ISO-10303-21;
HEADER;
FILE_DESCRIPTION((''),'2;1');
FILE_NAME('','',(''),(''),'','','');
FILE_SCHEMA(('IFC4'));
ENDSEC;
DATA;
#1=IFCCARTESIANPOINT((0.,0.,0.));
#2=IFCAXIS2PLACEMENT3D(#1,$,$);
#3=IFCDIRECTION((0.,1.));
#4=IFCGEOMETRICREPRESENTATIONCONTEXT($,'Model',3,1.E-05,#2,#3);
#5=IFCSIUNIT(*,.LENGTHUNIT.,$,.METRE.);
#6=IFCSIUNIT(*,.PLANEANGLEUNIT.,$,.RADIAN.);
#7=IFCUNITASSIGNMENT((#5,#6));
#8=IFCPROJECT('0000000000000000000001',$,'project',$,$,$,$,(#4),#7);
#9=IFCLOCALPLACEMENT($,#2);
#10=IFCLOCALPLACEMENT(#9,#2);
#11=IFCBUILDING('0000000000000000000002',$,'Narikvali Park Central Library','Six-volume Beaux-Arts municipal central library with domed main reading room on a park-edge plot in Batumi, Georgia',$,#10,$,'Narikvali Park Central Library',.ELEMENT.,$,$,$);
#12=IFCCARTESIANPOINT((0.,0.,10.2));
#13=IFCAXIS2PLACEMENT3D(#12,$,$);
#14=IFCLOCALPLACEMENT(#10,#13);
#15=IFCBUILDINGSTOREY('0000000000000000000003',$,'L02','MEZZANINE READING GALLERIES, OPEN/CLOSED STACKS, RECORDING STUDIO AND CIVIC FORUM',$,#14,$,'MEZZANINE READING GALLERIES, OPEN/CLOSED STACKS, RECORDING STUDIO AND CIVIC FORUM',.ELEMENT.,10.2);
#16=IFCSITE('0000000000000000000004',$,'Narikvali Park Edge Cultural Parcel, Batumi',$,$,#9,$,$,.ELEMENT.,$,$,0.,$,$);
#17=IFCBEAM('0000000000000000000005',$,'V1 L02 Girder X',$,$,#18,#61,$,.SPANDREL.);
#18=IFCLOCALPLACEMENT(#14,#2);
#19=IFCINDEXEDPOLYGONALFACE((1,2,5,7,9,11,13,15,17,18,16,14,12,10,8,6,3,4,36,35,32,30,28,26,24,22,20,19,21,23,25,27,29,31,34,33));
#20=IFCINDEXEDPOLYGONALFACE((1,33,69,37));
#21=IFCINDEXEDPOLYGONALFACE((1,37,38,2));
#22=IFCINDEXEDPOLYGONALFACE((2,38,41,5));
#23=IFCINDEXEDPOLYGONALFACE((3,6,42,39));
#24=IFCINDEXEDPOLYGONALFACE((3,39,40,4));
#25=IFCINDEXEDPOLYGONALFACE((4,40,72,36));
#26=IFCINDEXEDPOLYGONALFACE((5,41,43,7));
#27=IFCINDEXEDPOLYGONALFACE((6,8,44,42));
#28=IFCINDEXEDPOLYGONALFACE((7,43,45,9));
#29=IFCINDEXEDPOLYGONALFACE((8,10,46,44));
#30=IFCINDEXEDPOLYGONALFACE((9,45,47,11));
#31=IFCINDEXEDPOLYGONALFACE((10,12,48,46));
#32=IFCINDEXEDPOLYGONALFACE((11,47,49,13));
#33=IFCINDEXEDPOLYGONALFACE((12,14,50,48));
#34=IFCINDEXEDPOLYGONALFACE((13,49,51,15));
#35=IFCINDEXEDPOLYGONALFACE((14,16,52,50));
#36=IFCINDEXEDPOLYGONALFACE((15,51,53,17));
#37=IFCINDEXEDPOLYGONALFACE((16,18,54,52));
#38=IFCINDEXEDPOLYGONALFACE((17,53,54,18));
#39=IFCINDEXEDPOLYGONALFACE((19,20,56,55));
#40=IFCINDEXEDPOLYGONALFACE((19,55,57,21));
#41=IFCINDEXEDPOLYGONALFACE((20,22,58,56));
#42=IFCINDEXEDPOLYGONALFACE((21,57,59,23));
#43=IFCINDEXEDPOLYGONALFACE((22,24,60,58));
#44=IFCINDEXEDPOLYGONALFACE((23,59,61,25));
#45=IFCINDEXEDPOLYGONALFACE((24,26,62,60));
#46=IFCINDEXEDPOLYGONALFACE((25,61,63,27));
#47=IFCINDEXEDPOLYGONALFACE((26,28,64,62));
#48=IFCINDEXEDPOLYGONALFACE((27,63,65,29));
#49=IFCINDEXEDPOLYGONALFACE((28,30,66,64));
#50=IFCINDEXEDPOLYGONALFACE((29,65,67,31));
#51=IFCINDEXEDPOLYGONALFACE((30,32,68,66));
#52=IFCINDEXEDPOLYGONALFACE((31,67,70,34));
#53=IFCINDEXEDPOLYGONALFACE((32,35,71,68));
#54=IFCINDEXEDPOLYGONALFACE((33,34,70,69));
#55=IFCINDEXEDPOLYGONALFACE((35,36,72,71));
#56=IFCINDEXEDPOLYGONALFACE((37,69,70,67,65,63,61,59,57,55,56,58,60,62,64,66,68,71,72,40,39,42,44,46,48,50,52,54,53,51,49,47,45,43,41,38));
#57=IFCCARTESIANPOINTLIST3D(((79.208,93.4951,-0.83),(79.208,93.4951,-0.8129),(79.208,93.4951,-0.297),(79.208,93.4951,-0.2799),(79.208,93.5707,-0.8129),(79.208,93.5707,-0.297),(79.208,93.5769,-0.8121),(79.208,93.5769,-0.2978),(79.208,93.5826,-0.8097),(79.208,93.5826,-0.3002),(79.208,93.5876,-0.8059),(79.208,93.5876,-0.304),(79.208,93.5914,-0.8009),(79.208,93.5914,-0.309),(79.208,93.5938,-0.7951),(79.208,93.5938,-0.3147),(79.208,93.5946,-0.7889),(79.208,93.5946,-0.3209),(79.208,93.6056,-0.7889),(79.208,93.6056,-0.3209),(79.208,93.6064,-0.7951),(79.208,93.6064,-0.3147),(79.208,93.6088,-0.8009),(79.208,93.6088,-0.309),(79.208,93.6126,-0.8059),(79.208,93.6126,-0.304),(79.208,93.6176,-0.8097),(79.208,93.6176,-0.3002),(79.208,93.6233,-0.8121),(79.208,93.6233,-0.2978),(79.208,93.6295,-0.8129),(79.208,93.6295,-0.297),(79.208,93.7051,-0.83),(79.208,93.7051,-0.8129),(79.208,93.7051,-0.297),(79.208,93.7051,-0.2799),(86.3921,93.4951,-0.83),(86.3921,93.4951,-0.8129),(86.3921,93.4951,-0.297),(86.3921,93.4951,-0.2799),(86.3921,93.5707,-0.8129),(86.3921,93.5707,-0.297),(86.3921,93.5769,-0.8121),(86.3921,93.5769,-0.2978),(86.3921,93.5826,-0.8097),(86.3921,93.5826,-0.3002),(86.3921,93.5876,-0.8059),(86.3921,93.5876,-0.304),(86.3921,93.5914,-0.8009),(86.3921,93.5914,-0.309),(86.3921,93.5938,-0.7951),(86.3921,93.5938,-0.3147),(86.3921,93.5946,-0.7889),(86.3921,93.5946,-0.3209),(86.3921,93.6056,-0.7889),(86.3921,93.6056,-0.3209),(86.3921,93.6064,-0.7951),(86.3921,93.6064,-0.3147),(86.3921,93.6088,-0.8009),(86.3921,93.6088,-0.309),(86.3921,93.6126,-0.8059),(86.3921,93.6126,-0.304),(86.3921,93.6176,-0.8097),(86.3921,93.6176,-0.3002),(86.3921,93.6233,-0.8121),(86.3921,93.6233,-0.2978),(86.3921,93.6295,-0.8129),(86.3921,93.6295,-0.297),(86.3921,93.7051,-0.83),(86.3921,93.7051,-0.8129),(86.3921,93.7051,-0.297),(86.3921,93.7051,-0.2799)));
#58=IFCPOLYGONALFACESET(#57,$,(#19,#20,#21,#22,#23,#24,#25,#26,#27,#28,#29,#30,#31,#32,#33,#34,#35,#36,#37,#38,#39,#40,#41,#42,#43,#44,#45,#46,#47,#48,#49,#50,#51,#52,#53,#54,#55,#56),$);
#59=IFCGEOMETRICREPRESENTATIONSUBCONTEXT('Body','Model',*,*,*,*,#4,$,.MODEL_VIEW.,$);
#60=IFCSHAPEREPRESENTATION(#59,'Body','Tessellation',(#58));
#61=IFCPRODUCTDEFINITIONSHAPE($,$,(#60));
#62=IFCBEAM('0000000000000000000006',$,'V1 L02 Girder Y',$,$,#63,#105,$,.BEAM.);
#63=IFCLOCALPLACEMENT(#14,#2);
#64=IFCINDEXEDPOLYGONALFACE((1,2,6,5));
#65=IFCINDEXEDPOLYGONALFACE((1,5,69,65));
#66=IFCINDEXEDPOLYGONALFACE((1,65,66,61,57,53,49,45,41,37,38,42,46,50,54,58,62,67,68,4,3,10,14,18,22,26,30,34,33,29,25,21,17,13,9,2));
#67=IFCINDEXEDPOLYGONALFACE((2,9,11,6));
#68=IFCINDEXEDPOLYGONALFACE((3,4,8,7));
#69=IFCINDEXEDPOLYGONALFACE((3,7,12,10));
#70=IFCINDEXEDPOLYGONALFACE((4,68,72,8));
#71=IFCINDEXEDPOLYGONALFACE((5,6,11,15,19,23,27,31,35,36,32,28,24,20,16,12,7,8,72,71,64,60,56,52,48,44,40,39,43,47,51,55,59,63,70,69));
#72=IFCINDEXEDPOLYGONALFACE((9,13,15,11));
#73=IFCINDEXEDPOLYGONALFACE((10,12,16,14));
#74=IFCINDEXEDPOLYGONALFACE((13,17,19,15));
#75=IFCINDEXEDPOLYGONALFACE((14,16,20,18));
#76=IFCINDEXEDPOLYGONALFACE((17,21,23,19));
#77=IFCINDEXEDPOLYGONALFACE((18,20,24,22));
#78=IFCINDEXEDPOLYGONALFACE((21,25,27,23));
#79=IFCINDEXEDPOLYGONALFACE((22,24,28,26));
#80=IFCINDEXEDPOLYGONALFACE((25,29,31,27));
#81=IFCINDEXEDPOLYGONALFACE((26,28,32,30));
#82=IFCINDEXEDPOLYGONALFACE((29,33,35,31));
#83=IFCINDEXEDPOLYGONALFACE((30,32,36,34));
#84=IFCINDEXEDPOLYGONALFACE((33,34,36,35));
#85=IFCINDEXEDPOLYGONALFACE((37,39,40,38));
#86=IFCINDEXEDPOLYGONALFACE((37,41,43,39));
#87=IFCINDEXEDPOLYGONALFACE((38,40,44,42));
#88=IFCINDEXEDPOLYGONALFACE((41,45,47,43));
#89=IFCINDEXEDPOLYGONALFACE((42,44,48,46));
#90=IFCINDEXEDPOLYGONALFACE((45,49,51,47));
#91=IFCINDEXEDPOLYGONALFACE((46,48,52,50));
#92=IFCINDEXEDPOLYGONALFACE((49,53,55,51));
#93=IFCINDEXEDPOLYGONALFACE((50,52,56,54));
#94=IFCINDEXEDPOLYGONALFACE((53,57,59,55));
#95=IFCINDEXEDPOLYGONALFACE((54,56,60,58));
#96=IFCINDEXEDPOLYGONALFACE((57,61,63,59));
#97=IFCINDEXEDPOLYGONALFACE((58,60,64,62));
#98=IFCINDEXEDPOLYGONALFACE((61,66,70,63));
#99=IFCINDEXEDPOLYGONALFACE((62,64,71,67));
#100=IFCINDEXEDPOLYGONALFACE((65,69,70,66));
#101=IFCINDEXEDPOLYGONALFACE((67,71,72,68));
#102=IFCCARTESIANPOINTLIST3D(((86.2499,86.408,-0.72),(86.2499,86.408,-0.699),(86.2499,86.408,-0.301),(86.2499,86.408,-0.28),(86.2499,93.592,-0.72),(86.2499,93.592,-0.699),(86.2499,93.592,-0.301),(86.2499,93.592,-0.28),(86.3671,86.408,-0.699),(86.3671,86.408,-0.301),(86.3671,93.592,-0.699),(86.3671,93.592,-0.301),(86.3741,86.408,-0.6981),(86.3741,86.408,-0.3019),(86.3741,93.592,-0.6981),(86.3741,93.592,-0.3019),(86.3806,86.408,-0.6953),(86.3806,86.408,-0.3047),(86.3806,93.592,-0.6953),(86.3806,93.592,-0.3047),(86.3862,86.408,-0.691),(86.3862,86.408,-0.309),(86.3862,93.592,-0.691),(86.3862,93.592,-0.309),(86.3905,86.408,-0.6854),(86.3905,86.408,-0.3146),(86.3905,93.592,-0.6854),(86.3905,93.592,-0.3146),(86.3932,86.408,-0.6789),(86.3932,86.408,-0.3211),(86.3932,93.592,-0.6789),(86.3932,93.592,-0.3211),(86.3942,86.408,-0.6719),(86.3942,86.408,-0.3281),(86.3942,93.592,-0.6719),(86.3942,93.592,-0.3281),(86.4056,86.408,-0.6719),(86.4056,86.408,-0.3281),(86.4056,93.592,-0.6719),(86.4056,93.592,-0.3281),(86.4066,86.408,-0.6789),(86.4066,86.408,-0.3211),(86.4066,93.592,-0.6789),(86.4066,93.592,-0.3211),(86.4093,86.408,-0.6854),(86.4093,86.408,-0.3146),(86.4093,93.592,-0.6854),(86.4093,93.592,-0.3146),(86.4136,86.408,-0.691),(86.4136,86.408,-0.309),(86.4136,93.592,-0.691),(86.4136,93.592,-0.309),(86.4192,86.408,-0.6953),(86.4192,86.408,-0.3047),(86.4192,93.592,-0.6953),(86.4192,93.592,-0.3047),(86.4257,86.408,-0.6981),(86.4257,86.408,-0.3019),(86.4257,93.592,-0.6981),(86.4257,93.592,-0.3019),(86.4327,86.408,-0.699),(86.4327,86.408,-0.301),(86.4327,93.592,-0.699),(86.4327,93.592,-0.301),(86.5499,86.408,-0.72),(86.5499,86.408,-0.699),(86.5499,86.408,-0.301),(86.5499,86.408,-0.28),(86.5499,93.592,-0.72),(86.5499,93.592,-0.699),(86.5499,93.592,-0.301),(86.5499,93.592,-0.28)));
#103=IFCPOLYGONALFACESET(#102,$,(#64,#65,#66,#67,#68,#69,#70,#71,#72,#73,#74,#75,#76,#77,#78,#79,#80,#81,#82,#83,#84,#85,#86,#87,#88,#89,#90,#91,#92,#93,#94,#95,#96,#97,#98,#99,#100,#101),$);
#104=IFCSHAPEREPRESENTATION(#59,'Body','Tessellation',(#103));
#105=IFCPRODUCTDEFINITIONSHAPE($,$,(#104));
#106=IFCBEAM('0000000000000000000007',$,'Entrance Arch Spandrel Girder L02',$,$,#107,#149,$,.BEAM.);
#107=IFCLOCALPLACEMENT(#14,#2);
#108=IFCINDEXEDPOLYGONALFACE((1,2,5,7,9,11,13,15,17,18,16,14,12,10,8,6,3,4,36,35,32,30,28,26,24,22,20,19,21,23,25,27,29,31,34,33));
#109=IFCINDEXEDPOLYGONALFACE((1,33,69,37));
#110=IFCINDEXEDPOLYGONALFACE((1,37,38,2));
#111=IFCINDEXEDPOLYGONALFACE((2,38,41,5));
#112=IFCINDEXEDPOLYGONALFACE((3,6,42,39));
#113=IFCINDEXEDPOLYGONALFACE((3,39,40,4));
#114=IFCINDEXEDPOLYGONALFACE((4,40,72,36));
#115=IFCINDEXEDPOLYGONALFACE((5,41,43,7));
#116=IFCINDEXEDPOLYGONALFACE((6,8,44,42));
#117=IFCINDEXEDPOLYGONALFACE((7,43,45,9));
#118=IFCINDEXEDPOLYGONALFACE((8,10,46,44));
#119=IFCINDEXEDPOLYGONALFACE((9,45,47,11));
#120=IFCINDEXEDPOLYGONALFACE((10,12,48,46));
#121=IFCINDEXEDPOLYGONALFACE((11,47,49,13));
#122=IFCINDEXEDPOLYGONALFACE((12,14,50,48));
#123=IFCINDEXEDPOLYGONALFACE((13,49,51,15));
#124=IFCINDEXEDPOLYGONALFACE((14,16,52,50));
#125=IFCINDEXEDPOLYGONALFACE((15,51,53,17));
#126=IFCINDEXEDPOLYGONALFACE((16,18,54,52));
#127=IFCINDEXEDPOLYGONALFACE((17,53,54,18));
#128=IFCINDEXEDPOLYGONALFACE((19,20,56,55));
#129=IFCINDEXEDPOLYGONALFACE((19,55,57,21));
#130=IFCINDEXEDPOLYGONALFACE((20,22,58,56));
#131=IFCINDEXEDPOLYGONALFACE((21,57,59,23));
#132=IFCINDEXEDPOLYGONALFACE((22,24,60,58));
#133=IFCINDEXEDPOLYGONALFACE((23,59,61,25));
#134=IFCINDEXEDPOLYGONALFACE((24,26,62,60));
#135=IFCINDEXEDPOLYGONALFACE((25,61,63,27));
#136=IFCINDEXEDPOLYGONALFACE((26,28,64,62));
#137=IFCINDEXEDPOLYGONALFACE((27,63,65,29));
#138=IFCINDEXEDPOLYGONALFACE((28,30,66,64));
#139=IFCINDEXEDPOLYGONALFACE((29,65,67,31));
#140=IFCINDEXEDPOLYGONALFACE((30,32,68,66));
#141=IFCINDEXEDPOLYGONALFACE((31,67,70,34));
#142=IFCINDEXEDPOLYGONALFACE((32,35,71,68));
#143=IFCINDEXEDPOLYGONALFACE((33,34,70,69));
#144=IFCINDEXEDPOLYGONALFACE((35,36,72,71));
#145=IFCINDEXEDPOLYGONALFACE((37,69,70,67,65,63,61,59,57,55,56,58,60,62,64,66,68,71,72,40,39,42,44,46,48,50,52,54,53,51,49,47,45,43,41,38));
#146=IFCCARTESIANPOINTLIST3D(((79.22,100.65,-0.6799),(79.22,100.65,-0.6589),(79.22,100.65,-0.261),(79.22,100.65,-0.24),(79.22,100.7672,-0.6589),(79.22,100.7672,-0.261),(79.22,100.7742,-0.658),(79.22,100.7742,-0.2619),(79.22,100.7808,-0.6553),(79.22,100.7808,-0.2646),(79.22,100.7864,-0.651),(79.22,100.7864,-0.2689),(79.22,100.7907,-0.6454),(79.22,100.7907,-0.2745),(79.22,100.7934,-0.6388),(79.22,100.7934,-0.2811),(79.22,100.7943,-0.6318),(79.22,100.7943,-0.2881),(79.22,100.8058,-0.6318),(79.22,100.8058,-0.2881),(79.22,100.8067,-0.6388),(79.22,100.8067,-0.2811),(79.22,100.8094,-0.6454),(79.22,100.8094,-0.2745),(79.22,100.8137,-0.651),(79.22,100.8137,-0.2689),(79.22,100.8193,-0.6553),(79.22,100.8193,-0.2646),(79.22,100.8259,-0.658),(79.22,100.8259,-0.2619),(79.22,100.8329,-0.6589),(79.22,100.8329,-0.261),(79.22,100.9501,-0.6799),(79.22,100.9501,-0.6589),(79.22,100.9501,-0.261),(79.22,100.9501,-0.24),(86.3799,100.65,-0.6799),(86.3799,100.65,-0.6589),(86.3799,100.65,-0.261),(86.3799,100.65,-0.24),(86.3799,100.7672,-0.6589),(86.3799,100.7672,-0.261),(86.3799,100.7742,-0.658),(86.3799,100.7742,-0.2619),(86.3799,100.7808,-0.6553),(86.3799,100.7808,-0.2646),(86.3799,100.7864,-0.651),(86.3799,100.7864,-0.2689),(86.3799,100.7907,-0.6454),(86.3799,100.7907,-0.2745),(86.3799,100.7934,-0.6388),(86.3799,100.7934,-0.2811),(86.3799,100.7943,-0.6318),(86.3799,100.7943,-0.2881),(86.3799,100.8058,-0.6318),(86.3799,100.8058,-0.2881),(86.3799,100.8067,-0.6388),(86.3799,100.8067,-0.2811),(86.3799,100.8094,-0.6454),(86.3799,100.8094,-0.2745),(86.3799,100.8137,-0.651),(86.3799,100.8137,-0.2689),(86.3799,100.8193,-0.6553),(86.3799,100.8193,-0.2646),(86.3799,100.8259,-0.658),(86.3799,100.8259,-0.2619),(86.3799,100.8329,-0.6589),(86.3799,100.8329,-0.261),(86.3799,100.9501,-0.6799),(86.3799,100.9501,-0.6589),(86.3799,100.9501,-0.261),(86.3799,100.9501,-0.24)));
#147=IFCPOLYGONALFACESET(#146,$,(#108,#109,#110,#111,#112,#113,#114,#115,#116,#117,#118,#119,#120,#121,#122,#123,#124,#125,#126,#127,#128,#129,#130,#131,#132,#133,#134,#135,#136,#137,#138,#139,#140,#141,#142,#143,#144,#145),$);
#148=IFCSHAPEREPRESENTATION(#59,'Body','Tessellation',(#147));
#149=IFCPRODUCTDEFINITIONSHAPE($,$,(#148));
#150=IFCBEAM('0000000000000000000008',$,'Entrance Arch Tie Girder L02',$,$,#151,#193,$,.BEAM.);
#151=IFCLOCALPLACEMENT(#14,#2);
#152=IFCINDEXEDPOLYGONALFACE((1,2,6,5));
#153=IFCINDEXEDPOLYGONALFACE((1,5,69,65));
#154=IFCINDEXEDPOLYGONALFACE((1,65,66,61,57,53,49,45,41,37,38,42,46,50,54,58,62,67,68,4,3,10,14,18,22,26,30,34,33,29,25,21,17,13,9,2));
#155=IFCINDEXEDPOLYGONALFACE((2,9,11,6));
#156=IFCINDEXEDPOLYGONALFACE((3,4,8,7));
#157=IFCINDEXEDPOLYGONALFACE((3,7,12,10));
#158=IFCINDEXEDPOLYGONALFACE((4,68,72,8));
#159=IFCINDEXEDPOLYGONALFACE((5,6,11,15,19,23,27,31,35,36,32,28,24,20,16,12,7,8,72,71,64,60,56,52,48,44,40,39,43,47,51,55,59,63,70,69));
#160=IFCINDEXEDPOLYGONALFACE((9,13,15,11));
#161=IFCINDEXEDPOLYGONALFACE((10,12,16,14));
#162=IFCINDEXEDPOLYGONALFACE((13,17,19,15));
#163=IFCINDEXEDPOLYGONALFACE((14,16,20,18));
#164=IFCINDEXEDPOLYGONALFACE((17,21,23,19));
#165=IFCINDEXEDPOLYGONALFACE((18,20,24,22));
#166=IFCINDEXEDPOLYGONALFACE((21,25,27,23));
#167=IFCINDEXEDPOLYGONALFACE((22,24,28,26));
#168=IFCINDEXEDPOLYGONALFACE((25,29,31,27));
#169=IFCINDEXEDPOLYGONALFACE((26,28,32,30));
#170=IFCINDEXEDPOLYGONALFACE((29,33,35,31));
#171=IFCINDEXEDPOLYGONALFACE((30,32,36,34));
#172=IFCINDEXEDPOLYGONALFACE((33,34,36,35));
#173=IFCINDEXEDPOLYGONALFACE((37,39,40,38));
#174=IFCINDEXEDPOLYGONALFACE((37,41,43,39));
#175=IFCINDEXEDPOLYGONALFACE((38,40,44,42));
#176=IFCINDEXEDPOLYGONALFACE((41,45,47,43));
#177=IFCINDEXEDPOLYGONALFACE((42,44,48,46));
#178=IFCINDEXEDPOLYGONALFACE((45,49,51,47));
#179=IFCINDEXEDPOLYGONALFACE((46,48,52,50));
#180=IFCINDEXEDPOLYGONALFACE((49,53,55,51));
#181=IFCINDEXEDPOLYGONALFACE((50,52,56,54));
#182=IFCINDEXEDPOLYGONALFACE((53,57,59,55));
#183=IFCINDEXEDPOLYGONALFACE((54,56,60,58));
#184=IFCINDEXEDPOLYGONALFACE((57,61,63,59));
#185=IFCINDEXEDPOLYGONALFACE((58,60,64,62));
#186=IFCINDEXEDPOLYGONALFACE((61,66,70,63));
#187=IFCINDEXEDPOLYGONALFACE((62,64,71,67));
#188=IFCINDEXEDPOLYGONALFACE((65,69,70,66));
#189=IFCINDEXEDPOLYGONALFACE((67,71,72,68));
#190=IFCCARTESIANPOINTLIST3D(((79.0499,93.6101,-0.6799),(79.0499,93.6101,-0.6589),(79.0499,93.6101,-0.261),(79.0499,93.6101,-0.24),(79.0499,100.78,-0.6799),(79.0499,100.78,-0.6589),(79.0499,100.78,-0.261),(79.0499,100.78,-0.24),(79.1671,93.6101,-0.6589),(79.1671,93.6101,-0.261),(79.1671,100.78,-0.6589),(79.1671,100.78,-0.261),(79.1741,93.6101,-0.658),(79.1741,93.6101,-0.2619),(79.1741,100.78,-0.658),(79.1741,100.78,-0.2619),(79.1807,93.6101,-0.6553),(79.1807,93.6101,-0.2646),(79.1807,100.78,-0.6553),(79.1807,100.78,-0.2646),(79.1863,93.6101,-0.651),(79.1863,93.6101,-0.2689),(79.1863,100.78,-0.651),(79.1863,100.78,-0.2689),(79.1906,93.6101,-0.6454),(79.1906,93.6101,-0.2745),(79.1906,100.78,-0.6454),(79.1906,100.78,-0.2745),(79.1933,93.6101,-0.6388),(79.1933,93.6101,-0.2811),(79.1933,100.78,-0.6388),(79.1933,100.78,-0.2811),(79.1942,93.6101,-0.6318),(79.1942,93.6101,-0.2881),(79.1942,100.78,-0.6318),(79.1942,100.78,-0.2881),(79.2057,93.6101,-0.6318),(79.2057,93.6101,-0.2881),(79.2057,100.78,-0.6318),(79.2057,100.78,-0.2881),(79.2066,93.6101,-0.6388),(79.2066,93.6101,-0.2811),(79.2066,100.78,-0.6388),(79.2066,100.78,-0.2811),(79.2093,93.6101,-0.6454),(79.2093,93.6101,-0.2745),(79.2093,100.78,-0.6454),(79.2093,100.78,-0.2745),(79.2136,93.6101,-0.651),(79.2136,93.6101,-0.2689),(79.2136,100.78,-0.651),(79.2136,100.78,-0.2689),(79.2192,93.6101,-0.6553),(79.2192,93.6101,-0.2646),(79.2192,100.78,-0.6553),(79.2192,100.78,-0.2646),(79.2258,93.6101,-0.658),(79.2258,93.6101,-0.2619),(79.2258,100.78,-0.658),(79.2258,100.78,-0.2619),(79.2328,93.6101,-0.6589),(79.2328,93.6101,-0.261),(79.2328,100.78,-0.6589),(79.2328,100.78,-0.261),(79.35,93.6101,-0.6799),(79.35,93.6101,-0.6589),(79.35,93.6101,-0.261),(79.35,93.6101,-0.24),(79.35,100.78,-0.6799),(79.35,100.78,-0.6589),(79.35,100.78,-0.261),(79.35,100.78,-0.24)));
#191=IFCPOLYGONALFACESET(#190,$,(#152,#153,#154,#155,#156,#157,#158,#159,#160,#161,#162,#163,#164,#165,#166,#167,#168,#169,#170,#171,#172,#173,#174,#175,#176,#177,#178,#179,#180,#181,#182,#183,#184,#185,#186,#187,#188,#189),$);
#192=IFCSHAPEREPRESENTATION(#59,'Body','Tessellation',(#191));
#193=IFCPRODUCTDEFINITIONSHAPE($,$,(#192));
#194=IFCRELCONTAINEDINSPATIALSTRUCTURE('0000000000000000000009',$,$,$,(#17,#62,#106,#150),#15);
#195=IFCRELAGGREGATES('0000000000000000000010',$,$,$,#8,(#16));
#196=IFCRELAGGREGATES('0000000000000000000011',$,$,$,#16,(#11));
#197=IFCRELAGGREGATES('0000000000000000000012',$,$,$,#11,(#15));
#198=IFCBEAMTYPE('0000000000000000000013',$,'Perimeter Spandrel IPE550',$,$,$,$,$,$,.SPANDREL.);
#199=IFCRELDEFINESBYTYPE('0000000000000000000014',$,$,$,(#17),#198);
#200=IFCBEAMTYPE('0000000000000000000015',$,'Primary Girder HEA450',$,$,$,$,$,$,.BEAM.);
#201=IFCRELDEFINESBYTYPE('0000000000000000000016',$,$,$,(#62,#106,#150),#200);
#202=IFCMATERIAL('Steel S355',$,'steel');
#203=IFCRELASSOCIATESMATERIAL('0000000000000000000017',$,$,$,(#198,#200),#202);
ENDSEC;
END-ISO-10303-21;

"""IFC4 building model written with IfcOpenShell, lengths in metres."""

from ifc_helpers import new_model, si_unit, direction, frame, origin, origin_2d, place, context, subcontext, project, spatial, i_section, extrude, material, material_profile, profile_set, type_object, element, save


model = new_model("IFC4")

# Units and contexts
model_context = context("Model", 3, precision=1e-05, world=origin(), true_north=direction((0.0, 1.0)))
body_context = subcontext(model_context, "Body", "Model", "MODEL_VIEW")
ifc_project = project(units=[si_unit("LENGTHUNIT", "METRE"), si_unit("PLANEANGLEUNIT", "RADIAN")], contexts=[model_context])

# Site, building, storey
site_placement = place(None, origin())
site = spatial("IfcSite", under=ifc_project, at=site_placement, Name="Narikvali Park Edge Cultural Parcel, Batumi", CompositionType="ELEMENT", RefElevation=0.0)
building_placement = place(site_placement, origin())
building = spatial("IfcBuilding", under=site, at=building_placement, Name="Narikvali Park Central Library", Description="Six-volume Beaux-Arts municipal central library with domed main reading room on a park-edge plot in Batumi, Georgia", LongName="Narikvali Park Central Library", CompositionType="ELEMENT")
storey_placement = place(building_placement, frame((0.0, 0.0, 10.2)))
storey = spatial("IfcBuildingStorey", under=building, at=storey_placement, Name="L02", Description="MEZZANINE READING GALLERIES, OPEN/CLOSED STACKS, RECORDING STUDIO AND CIVIC FORUM", LongName="MEZZANINE READING GALLERIES, OPEN/CLOSED STACKS, RECORDING STUDIO AND CIVIC FORUM", CompositionType="ELEMENT", Elevation=10.2)

# Shared definitions
ifc_material_1 = material(Name="Steel S355", Category="steel")

# Beams
ifc_material_profile_1 = material_profile(ifc_material_1, i_section(OverallWidth=0.21, OverallDepth=0.55, WebThickness=0.011, FlangeThickness=0.0171, FilletRadius=0.0239, at=origin_2d()), Name="IPE 550")
ifc_profile_set_1 = profile_set([ifc_material_profile_1], Name="Steel S355")
beam_type_1 = type_object("IfcBeamType", Name="Perimeter Spandrel IPE550", PredefinedType="SPANDREL", material=ifc_profile_set_1)
beam_1_placement = place(storey_placement, frame((79.208, 93.6001, -0.5549), z_axis=(1.0, 0.0, 0.0), x_axis=(0.0, 1.0, 0.0)))
element("IfcBeam", 1, at=beam_1_placement, inside=storey, type_object=beam_type_1, Name="V1 L02 Girder X", PredefinedType="SPANDREL", context=body_context, shape_type="SweptSolid", body=[
    extrude(i_section(OverallWidth=0.21, OverallDepth=0.55, WebThickness=0.011, FlangeThickness=0.0171, FilletRadius=0.0239, at=origin_2d()), origin(), (0.0, 0.0, 1.0), 7.1841),
])
ifc_material_profile_2 = material_profile(ifc_material_1, i_section(OverallWidth=0.3, OverallDepth=0.4399, WebThickness=0.0115, FlangeThickness=0.021, FilletRadius=0.0271, at=origin_2d()), Name="HEA 450")
ifc_profile_set_2 = profile_set([ifc_material_profile_2], Name="Steel S355")
beam_type_2 = type_object("IfcBeamType", Name="Primary Girder HEA450", PredefinedType="BEAM", material=ifc_profile_set_2)
beam_2_placement = place(storey_placement, frame((86.3999, 86.408, -0.5), z_axis=(0.0, 1.0, 0.0), x_axis=(-1.0, 0.0, 0.0)))
element("IfcBeam", 2, at=beam_2_placement, inside=storey, type_object=beam_type_2, Name="V1 L02 Girder Y", PredefinedType="BEAM", context=body_context, shape_type="SweptSolid", body=[
    extrude(i_section(OverallWidth=0.3, OverallDepth=0.4399, WebThickness=0.0115, FlangeThickness=0.021, FilletRadius=0.0271, at=origin_2d()), origin(), (0.0, 0.0, 1.0), 7.1841),
])
beam_3_placement = place(storey_placement, frame((79.22, 100.8, -0.46), z_axis=(1.0, 0.0, 0.0), x_axis=(0.0, 1.0, 0.0)))
element("IfcBeam", 3, at=beam_3_placement, inside=storey, type_object=beam_type_2, Name="Entrance Arch Spandrel Girder L02", PredefinedType="BEAM", context=body_context, shape_type="SweptSolid", body=[
    extrude(i_section(OverallWidth=0.3, OverallDepth=0.4399, WebThickness=0.0115, FlangeThickness=0.021, FilletRadius=0.0271, at=origin_2d()), origin(), (0.0, 0.0, 1.0), 7.1599),
])
for number, where, z_axis, x_axis, name in (
    (4, (79.2, 93.6101, -0.46), (0.0, 1.0, 0.0), (-1.0, 0.0, 0.0), "Entrance Arch Tie Girder L02"),
):
    element("IfcBeam", number, at=place(storey_placement, frame(where, z_axis=z_axis, x_axis=x_axis)), inside=storey, type_object=beam_type_2, Name=name, PredefinedType="BEAM", context=body_context, shape_type="SweptSolid", body=[
        extrude(i_section(OverallWidth=0.3, OverallDepth=0.4399, WebThickness=0.0115, FlangeThickness=0.021, FilletRadius=0.0271, at=origin_2d()), origin(), (0.0, 0.0, 1.0), 7.1699),
    ])

save(model, "model.ifc")
